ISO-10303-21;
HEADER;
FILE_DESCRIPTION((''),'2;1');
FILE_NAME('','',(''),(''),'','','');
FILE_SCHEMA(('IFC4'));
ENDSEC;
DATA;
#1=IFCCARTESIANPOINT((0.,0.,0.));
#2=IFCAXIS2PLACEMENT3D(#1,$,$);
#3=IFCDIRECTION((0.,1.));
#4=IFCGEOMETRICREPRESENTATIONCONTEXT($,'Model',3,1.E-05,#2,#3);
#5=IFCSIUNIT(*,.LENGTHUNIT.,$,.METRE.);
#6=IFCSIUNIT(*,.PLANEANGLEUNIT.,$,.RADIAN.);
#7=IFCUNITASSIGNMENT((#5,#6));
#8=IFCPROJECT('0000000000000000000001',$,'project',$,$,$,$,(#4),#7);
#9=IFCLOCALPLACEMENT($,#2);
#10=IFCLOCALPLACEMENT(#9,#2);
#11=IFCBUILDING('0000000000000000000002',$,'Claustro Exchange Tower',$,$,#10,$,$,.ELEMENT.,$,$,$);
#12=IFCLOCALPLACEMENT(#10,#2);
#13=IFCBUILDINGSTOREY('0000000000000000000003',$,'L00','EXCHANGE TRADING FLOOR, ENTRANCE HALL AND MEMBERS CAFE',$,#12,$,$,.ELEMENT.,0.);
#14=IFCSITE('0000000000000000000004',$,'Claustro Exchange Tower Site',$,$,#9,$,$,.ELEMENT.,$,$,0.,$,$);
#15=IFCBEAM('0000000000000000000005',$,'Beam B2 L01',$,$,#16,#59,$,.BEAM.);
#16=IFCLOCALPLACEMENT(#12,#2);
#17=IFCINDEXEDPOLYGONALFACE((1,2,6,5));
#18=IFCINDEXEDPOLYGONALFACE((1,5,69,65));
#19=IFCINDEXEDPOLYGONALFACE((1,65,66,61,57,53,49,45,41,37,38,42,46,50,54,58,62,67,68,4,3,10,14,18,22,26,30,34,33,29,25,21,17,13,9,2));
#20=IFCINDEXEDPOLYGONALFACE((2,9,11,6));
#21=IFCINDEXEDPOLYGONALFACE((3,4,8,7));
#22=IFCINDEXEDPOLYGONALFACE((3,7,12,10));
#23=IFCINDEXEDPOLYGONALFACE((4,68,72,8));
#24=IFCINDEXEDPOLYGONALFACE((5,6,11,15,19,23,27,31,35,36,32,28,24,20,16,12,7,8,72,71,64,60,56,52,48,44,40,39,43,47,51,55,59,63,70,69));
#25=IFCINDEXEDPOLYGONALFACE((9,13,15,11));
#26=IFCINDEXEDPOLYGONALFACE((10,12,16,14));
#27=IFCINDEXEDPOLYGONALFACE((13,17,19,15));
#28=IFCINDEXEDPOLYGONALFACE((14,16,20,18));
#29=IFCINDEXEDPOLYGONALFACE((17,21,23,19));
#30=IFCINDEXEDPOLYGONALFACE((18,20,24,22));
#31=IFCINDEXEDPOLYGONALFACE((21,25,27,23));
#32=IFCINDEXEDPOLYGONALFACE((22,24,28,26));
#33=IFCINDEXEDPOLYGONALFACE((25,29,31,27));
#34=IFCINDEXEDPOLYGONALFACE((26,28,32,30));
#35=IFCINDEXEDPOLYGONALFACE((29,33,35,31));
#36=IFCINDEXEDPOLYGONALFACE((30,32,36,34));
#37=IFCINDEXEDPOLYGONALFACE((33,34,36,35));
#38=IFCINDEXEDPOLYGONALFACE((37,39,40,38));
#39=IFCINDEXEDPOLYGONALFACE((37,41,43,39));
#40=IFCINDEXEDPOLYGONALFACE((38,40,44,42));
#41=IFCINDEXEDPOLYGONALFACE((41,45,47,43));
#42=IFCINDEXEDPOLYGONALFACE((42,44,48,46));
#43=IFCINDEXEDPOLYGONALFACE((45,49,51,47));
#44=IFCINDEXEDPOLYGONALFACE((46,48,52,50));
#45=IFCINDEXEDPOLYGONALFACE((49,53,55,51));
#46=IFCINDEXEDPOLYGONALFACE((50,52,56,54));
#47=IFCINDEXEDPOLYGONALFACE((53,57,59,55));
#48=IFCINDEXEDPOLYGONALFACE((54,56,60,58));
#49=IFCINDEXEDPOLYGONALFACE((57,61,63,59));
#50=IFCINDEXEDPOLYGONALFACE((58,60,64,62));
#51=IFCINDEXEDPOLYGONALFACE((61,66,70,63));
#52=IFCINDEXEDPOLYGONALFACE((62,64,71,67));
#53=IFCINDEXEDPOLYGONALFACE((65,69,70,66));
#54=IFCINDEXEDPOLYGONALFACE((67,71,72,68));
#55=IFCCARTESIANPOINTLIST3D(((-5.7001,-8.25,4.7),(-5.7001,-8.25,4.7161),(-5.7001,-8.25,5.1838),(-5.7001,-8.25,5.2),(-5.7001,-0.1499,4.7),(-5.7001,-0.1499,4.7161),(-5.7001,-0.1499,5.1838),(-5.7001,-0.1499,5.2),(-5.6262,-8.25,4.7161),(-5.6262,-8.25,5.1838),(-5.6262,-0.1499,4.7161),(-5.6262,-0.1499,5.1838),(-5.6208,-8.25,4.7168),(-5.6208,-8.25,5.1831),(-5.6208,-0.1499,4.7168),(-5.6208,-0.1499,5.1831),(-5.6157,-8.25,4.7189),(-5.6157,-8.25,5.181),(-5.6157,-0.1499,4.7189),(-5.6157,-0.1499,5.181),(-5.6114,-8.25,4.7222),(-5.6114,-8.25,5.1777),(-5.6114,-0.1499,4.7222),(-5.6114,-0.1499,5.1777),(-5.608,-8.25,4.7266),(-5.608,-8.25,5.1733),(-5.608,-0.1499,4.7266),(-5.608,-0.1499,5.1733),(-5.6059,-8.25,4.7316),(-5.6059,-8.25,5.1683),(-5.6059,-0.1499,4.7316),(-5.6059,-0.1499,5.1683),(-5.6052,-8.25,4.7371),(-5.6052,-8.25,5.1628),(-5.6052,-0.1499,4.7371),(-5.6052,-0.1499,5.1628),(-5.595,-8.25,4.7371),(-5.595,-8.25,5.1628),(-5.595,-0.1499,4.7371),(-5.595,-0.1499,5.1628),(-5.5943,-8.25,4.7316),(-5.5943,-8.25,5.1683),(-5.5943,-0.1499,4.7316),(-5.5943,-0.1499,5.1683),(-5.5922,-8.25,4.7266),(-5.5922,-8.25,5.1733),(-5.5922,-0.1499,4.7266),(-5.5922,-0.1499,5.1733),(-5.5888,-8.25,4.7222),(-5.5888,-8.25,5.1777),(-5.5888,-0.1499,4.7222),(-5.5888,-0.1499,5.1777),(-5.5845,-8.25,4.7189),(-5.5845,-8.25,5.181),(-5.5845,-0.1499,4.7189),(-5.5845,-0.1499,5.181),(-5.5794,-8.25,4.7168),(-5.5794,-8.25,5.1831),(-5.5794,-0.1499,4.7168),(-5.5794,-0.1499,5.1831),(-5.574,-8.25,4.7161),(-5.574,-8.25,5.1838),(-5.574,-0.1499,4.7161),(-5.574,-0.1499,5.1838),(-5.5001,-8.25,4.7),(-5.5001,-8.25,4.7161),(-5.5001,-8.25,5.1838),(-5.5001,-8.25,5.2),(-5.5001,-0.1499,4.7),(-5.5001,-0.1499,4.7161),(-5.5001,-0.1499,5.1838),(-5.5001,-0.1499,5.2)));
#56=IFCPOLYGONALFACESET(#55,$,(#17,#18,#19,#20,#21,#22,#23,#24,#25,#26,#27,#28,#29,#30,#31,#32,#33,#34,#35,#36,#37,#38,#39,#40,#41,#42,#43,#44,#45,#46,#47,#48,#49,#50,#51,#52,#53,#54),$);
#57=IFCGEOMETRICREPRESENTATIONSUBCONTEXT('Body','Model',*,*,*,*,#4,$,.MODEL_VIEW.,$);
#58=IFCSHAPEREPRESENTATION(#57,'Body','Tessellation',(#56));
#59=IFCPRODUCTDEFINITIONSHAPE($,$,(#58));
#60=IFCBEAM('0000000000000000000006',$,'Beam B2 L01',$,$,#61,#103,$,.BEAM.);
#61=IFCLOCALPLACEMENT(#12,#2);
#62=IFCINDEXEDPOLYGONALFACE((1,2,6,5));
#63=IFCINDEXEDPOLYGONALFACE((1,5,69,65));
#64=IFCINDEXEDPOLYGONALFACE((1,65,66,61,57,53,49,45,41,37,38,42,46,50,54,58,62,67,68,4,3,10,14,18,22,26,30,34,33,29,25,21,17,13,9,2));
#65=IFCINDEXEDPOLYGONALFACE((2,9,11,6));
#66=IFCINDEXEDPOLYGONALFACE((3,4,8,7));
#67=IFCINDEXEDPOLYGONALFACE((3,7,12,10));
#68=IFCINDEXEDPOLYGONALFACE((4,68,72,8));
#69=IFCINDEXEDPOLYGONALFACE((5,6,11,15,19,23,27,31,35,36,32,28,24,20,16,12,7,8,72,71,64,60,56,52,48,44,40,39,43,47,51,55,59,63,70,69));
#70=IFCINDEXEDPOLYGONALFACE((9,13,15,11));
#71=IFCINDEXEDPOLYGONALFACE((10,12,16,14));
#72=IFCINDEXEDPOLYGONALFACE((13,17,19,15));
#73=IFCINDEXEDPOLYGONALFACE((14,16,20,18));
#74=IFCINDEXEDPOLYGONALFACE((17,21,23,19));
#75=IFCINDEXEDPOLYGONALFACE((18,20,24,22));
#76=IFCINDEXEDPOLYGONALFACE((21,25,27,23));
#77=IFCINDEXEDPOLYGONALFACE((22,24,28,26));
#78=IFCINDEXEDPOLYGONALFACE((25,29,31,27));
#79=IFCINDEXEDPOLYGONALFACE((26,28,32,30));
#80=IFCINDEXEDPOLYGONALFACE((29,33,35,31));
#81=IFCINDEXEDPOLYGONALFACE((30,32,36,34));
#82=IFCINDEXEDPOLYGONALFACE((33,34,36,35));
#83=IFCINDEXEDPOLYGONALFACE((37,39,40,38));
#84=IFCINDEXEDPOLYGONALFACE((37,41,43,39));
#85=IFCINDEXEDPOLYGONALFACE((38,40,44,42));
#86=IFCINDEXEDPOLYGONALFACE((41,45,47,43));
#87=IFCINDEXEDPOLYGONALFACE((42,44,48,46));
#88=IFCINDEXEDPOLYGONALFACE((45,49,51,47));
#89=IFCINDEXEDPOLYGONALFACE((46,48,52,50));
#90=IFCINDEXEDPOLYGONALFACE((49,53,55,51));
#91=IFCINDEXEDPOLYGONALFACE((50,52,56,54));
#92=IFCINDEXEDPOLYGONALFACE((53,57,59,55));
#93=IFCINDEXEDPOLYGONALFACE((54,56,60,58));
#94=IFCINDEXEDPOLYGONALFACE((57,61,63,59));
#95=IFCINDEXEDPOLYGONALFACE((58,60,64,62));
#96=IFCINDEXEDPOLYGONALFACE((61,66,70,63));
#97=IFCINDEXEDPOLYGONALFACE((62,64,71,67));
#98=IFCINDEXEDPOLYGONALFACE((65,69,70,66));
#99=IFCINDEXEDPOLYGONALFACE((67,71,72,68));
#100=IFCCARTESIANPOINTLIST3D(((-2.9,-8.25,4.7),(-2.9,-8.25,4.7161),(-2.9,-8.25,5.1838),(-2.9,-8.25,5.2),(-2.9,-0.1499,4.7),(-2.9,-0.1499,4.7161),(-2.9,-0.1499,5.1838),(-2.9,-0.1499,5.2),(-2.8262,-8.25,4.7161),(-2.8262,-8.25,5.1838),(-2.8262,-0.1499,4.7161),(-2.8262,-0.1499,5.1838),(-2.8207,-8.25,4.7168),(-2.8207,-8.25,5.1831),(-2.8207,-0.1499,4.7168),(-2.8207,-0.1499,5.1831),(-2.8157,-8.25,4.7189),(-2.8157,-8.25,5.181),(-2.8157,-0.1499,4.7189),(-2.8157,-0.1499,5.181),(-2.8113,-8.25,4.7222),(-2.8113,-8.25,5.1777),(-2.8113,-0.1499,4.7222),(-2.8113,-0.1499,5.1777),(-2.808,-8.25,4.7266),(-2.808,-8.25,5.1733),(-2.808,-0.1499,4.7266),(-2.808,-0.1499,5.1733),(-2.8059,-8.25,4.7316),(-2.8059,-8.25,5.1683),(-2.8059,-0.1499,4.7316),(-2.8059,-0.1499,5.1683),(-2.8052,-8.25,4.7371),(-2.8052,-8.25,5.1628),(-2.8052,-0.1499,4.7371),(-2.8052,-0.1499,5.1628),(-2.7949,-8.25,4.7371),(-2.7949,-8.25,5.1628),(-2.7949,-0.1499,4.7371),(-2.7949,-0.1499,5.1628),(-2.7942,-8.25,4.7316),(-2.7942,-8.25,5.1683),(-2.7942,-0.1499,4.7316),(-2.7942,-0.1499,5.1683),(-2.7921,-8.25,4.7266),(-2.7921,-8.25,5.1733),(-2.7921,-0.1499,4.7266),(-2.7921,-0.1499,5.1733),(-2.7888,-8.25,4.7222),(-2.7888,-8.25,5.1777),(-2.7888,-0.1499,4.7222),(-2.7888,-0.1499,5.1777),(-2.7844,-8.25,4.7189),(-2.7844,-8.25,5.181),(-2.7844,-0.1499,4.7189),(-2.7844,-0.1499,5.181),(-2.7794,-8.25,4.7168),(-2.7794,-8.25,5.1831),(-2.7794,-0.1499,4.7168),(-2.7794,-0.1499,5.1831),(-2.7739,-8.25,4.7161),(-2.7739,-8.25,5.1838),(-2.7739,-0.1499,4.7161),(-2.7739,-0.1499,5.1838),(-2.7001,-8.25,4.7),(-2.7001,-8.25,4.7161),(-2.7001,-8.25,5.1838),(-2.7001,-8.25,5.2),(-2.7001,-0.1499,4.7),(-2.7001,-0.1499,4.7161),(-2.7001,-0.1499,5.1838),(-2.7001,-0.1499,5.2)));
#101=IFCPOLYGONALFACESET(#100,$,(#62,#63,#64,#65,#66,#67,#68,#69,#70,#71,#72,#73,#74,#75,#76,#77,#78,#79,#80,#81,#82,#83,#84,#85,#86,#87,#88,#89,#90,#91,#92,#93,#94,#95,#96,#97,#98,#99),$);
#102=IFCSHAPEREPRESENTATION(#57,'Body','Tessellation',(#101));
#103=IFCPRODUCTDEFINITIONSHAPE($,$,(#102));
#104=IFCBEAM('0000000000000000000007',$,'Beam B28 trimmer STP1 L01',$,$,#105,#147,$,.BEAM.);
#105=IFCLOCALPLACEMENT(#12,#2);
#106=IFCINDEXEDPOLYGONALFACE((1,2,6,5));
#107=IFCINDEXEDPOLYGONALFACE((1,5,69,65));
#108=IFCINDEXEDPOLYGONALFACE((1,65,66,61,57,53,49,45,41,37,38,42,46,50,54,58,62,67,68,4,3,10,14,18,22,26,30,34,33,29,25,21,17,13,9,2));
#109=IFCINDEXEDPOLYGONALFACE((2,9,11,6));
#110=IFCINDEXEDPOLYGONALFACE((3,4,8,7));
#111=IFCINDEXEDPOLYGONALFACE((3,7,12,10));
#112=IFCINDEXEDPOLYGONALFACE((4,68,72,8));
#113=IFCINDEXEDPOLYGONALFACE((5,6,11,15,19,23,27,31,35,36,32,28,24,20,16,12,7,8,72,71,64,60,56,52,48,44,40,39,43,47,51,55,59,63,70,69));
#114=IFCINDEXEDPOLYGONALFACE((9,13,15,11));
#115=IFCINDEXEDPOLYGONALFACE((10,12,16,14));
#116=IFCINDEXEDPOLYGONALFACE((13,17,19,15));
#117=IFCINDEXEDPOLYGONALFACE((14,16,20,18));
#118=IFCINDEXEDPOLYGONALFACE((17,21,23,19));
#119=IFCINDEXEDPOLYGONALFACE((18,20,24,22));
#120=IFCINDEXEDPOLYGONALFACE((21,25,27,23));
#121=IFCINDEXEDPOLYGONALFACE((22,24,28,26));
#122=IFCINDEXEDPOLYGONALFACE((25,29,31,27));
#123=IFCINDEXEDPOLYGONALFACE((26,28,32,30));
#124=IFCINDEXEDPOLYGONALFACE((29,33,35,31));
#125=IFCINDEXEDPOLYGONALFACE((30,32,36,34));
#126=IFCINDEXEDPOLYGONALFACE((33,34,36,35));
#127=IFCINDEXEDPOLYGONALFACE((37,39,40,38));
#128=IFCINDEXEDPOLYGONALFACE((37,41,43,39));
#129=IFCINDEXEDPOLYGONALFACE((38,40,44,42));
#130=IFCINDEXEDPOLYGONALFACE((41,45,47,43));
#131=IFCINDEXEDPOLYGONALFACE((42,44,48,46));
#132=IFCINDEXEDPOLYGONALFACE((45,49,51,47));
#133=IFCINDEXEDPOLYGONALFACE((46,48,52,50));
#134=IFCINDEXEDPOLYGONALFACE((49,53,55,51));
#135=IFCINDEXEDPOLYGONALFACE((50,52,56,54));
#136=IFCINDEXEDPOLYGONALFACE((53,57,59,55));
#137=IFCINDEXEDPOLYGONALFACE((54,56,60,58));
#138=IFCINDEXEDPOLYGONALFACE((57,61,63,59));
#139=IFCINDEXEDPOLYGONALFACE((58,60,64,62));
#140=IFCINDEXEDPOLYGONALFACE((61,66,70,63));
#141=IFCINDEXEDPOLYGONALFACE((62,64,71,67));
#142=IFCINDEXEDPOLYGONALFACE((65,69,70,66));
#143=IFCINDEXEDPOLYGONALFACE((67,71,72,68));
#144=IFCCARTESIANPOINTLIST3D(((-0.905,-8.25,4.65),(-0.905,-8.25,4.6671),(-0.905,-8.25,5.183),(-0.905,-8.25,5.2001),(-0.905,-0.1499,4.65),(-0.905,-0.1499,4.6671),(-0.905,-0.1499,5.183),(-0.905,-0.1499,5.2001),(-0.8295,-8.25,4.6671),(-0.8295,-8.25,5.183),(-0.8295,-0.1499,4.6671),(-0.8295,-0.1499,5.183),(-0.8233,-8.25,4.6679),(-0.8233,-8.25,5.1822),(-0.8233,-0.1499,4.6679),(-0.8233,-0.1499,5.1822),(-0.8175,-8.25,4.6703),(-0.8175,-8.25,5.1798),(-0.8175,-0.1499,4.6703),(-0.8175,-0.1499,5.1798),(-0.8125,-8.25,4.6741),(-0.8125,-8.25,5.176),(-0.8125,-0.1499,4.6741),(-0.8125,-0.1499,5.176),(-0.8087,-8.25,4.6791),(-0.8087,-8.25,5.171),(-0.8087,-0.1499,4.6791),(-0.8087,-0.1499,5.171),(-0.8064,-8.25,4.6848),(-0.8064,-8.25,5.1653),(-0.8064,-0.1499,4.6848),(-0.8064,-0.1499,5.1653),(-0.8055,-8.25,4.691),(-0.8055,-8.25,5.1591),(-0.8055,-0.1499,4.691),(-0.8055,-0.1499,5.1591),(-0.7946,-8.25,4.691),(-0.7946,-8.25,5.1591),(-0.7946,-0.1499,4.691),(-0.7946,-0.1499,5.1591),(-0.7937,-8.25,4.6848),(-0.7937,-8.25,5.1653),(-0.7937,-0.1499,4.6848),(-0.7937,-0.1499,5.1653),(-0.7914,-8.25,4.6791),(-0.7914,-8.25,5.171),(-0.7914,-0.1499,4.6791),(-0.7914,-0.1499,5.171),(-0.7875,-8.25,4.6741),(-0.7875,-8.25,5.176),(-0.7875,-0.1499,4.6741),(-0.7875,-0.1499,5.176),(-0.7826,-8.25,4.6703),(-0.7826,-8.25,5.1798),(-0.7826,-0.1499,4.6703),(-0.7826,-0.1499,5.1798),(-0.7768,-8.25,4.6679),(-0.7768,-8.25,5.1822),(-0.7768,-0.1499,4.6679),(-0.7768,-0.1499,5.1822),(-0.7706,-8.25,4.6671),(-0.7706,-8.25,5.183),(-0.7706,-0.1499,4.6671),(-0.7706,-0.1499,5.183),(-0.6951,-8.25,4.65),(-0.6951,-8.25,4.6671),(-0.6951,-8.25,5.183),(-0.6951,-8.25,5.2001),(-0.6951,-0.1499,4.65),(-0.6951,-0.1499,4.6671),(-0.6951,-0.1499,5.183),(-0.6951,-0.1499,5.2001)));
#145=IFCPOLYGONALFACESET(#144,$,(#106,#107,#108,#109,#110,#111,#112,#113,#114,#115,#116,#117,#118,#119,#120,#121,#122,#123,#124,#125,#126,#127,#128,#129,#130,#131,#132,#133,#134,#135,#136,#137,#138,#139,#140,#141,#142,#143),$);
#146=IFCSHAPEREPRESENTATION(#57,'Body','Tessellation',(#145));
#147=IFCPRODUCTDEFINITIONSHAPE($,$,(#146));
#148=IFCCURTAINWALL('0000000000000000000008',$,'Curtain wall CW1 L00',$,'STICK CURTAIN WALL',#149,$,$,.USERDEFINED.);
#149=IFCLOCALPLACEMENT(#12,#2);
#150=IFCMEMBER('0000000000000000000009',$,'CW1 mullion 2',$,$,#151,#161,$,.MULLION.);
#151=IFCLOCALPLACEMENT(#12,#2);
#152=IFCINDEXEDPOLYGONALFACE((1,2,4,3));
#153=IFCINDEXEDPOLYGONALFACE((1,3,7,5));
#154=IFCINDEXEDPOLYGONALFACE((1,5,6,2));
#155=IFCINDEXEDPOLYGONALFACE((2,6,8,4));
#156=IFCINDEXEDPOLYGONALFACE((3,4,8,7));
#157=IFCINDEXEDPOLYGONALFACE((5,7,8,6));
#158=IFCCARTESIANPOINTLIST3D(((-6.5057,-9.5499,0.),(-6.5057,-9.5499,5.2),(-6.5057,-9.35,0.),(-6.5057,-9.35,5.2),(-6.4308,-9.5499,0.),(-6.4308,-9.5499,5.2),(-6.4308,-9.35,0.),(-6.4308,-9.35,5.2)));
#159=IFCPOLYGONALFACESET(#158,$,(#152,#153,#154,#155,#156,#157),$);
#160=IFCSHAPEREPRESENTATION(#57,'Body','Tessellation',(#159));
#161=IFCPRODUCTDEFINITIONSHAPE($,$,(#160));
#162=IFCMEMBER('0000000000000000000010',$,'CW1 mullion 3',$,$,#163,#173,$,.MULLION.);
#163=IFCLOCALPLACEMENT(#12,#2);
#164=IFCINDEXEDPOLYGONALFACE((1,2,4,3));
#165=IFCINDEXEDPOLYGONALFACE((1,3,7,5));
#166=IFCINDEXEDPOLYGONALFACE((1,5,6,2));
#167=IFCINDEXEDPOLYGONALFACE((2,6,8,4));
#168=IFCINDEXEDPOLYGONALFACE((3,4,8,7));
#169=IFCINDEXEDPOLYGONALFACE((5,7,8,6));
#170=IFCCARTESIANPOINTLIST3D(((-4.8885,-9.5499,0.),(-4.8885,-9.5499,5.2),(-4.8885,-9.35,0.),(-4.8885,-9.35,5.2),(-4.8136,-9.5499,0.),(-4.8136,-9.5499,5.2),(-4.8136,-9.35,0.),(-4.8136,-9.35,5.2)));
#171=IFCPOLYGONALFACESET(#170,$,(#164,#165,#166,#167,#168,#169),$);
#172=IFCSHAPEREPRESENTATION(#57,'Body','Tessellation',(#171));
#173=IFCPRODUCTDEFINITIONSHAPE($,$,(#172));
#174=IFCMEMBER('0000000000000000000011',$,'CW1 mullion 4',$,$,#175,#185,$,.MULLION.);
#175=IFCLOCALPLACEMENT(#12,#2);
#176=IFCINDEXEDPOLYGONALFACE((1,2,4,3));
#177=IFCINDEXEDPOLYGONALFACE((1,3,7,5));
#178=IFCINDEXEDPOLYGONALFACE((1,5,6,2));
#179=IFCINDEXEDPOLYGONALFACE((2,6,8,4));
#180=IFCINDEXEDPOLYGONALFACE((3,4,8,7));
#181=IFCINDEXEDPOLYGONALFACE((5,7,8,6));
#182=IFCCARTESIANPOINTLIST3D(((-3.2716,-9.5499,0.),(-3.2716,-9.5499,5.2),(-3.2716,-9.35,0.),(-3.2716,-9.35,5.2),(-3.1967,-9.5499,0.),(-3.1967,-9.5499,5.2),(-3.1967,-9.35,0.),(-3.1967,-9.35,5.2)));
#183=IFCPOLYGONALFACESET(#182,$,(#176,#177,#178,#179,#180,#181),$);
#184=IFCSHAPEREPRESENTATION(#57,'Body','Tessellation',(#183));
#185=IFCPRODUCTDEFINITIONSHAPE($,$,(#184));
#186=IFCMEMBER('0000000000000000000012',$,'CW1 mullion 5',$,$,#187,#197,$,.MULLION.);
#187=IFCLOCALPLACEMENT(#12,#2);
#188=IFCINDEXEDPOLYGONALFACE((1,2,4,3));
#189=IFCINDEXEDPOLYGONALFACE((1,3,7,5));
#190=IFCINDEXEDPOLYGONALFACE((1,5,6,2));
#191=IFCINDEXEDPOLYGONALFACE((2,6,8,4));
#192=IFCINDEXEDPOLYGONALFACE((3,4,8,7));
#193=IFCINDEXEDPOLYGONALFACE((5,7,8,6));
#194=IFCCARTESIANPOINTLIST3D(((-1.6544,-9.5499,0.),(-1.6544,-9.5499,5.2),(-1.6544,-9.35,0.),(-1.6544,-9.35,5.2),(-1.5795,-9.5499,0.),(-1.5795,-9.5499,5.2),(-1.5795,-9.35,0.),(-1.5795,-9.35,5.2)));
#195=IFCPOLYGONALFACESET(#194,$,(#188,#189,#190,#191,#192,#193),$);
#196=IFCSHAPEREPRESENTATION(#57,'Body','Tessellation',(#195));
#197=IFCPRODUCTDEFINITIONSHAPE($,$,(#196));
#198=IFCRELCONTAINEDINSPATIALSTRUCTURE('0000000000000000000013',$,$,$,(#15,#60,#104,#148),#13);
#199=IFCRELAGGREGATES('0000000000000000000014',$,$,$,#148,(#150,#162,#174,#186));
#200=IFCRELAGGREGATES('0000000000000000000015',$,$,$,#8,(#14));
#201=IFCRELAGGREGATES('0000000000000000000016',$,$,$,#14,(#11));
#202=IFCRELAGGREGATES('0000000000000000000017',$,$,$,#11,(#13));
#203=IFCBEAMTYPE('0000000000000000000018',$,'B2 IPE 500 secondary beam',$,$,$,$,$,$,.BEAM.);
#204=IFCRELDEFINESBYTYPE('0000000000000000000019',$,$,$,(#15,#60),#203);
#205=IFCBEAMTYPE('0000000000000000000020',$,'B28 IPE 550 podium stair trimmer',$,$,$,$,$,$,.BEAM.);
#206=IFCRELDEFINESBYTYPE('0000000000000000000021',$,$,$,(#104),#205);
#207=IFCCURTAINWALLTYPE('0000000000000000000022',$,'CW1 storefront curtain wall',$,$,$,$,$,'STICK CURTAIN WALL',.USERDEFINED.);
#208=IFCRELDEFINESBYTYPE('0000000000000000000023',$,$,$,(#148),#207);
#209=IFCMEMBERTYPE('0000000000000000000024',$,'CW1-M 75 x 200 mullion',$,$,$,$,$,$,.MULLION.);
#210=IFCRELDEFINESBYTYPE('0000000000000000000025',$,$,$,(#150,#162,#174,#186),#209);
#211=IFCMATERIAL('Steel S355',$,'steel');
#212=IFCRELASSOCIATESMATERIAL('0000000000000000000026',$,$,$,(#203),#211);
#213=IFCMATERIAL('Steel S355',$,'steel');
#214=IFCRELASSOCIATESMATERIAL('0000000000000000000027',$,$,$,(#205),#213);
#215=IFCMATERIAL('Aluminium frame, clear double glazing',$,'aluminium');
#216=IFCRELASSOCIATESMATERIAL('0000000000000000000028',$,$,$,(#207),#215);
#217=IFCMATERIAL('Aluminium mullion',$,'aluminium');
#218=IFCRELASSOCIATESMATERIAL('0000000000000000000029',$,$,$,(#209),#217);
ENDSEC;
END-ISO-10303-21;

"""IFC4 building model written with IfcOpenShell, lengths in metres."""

from ifc_helpers import new_model, si_unit, direction, frame, origin, origin_2d, place, context, subcontext, project, spatial, rectangle, i_section, extrude, material, material_profile, profile_set, type_object, element, aggregate, save


model = new_model("IFC4")

# Units and contexts
model_context = context("Model", 3, precision=1e-05, world=origin(), true_north=direction((0.0, 1.0)))
body_context = subcontext(model_context, "Body", "Model", "MODEL_VIEW")
ifc_project = project(units=[si_unit("LENGTHUNIT", "METRE"), si_unit("PLANEANGLEUNIT", "RADIAN")], contexts=[model_context])

# Site, building, storey
site_placement = place(None, origin())
site = spatial("IfcSite", under=ifc_project, at=site_placement, Name="Claustro Exchange Tower Site", CompositionType="ELEMENT", RefElevation=0.0)
building_placement = place(site_placement, origin())
building = spatial("IfcBuilding", under=site, at=building_placement, Name="Claustro Exchange Tower", CompositionType="ELEMENT")
storey_placement = place(building_placement, origin())
storey = spatial("IfcBuildingStorey", under=building, at=storey_placement, Name="L00", Description="EXCHANGE TRADING FLOOR, ENTRANCE HALL AND MEMBERS CAFE", CompositionType="ELEMENT", Elevation=0.0)

# Beams
ifc_material_1 = material(Name="Steel S355", Category="steel")
ifc_material_profile_1 = material_profile(ifc_material_1, i_section(OverallWidth=0.2, OverallDepth=0.5, WebThickness=0.0103, FlangeThickness=0.0161, FilletRadius=0.021, at=origin_2d()), Name="IPE 500")
ifc_profile_set_1 = profile_set([ifc_material_profile_1], Name="Steel S355")
beam_type_1 = type_object("IfcBeamType", Name="B2 IPE 500 secondary beam", PredefinedType="BEAM", material=ifc_profile_set_1)
for number, where, z_axis, x_axis, name in (
    (1, (-5.6001, -8.25, 4.95), (0.0, 1.0, 0.0), (-1.0, 0.0, 0.0), "Beam B2 L01"),
    (2, (-2.8, -8.25, 4.95), (0.0, 1.0, 0.0), (-1.0, 0.0, 0.0), "Beam B2 L01"),
):
    element("IfcBeam", number, at=place(storey_placement, frame(where, z_axis=z_axis, x_axis=x_axis)), inside=storey, type_object=beam_type_1, Name=name, PredefinedType="BEAM", context=body_context, shape_type="SweptSolid", body=[
        extrude(i_section(OverallWidth=0.2, OverallDepth=0.5, WebThickness=0.0103, FlangeThickness=0.0161, FilletRadius=0.021, at=origin_2d()), origin(), (0.0, 0.0, 1.0), 8.1001),
    ])
ifc_material_2 = material(Name="Steel S355", Category="steel")
ifc_material_profile_2 = material_profile(ifc_material_2, i_section(OverallWidth=0.21, OverallDepth=0.55, WebThickness=0.011, FlangeThickness=0.0171, FilletRadius=0.0239, at=origin_2d()), Name="IPE 550")
ifc_profile_set_2 = profile_set([ifc_material_profile_2], Name="Steel S355")
beam_type_2 = type_object("IfcBeamType", Name="B28 IPE 550 podium stair trimmer", PredefinedType="BEAM", material=ifc_profile_set_2)
beam_placement = place(storey_placement, frame((-0.8, -8.25, 4.925), z_axis=(0.0, 1.0, 0.0), x_axis=(-1.0, 0.0, 0.0)))
element("IfcBeam", 3, at=beam_placement, inside=storey, type_object=beam_type_2, Name="Beam B28 trimmer STP1 L01", PredefinedType="BEAM", context=body_context, shape_type="SweptSolid", body=[
    extrude(i_section(OverallWidth=0.21, OverallDepth=0.55, WebThickness=0.011, FlangeThickness=0.0171, FilletRadius=0.0239, at=origin_2d()), origin(), (0.0, 0.0, 1.0), 8.1001),
])

# Curtain wall, members
ifc_material_3 = material(Name="Aluminium frame, clear double glazing", Category="aluminium")
curtain_wall_type = type_object("IfcCurtainWallType", Name="CW1 storefront curtain wall", ElementType="STICK CURTAIN WALL", PredefinedType="USERDEFINED", material=ifc_material_3)
curtain_wall_placement = place(storey_placement, origin())
curtain_wall = element("IfcCurtainWall", 4, at=curtain_wall_placement, inside=storey, type_object=curtain_wall_type, Name="Curtain wall CW1 L00", ObjectType="STICK CURTAIN WALL", PredefinedType="USERDEFINED")
ifc_material_4 = material(Name="Aluminium mullion", Category="aluminium")
ifc_material_profile_3 = material_profile(ifc_material_4, rectangle(XDim=0.2, YDim=0.075, at=origin_2d()), Name="CW1-M 75x200")
ifc_profile_set_3 = profile_set([ifc_material_profile_3], Name="Aluminium mullion")
member_type_1 = type_object("IfcMemberType", Name="CW1-M 75 x 200 mullion", PredefinedType="MULLION", material=ifc_profile_set_3)
member_1_placement = place(storey_placement, frame((-6.4683, -9.45, 0.0), z_axis=(0.0, 0.0, 1.0), x_axis=(0.0, 1.0, 0.0)))
member_1 = element("IfcMember", 5, at=member_1_placement, type_object=member_type_1, Name="CW1 mullion 2", PredefinedType="MULLION", context=body_context, shape_type="SweptSolid", body=[
    extrude(rectangle(XDim=0.2, YDim=0.075, at=origin_2d()), origin(), (0.0, 0.0, 1.0), 5.2),
])
member_2_placement = place(storey_placement, frame((-4.8511, -9.45, 0.0), z_axis=(0.0, 0.0, 1.0), x_axis=(0.0, 1.0, 0.0)))
member_2 = element("IfcMember", 6, at=member_2_placement, type_object=member_type_1, Name="CW1 mullion 3", PredefinedType="MULLION", context=body_context, shape_type="SweptSolid", body=[
    extrude(rectangle(XDim=0.2, YDim=0.075, at=origin_2d()), origin(), (0.0, 0.0, 1.0), 5.2),
])
member_3_placement = place(storey_placement, frame((-3.2341, -9.45, 0.0), z_axis=(0.0, 0.0, 1.0), x_axis=(0.0, 1.0, 0.0)))
member_3 = element("IfcMember", 7, at=member_3_placement, type_object=member_type_1, Name="CW1 mullion 4", PredefinedType="MULLION", context=body_context, shape_type="SweptSolid", body=[
    extrude(rectangle(XDim=0.2, YDim=0.075, at=origin_2d()), origin(), (0.0, 0.0, 1.0), 5.2),
])
member_4_placement = place(storey_placement, frame((-1.6169, -9.45, 0.0), z_axis=(0.0, 0.0, 1.0), x_axis=(0.0, 1.0, 0.0)))
member_4 = element("IfcMember", 8, at=member_4_placement, type_object=member_type_1, Name="CW1 mullion 5", PredefinedType="MULLION", context=body_context, shape_type="SweptSolid", body=[
    extrude(rectangle(XDim=0.2, YDim=0.075, at=origin_2d()), origin(), (0.0, 0.0, 1.0), 5.2),
])
aggregate(curtain_wall, [member_1, member_2, member_3, member_4])

save(model, "model.ifc")
